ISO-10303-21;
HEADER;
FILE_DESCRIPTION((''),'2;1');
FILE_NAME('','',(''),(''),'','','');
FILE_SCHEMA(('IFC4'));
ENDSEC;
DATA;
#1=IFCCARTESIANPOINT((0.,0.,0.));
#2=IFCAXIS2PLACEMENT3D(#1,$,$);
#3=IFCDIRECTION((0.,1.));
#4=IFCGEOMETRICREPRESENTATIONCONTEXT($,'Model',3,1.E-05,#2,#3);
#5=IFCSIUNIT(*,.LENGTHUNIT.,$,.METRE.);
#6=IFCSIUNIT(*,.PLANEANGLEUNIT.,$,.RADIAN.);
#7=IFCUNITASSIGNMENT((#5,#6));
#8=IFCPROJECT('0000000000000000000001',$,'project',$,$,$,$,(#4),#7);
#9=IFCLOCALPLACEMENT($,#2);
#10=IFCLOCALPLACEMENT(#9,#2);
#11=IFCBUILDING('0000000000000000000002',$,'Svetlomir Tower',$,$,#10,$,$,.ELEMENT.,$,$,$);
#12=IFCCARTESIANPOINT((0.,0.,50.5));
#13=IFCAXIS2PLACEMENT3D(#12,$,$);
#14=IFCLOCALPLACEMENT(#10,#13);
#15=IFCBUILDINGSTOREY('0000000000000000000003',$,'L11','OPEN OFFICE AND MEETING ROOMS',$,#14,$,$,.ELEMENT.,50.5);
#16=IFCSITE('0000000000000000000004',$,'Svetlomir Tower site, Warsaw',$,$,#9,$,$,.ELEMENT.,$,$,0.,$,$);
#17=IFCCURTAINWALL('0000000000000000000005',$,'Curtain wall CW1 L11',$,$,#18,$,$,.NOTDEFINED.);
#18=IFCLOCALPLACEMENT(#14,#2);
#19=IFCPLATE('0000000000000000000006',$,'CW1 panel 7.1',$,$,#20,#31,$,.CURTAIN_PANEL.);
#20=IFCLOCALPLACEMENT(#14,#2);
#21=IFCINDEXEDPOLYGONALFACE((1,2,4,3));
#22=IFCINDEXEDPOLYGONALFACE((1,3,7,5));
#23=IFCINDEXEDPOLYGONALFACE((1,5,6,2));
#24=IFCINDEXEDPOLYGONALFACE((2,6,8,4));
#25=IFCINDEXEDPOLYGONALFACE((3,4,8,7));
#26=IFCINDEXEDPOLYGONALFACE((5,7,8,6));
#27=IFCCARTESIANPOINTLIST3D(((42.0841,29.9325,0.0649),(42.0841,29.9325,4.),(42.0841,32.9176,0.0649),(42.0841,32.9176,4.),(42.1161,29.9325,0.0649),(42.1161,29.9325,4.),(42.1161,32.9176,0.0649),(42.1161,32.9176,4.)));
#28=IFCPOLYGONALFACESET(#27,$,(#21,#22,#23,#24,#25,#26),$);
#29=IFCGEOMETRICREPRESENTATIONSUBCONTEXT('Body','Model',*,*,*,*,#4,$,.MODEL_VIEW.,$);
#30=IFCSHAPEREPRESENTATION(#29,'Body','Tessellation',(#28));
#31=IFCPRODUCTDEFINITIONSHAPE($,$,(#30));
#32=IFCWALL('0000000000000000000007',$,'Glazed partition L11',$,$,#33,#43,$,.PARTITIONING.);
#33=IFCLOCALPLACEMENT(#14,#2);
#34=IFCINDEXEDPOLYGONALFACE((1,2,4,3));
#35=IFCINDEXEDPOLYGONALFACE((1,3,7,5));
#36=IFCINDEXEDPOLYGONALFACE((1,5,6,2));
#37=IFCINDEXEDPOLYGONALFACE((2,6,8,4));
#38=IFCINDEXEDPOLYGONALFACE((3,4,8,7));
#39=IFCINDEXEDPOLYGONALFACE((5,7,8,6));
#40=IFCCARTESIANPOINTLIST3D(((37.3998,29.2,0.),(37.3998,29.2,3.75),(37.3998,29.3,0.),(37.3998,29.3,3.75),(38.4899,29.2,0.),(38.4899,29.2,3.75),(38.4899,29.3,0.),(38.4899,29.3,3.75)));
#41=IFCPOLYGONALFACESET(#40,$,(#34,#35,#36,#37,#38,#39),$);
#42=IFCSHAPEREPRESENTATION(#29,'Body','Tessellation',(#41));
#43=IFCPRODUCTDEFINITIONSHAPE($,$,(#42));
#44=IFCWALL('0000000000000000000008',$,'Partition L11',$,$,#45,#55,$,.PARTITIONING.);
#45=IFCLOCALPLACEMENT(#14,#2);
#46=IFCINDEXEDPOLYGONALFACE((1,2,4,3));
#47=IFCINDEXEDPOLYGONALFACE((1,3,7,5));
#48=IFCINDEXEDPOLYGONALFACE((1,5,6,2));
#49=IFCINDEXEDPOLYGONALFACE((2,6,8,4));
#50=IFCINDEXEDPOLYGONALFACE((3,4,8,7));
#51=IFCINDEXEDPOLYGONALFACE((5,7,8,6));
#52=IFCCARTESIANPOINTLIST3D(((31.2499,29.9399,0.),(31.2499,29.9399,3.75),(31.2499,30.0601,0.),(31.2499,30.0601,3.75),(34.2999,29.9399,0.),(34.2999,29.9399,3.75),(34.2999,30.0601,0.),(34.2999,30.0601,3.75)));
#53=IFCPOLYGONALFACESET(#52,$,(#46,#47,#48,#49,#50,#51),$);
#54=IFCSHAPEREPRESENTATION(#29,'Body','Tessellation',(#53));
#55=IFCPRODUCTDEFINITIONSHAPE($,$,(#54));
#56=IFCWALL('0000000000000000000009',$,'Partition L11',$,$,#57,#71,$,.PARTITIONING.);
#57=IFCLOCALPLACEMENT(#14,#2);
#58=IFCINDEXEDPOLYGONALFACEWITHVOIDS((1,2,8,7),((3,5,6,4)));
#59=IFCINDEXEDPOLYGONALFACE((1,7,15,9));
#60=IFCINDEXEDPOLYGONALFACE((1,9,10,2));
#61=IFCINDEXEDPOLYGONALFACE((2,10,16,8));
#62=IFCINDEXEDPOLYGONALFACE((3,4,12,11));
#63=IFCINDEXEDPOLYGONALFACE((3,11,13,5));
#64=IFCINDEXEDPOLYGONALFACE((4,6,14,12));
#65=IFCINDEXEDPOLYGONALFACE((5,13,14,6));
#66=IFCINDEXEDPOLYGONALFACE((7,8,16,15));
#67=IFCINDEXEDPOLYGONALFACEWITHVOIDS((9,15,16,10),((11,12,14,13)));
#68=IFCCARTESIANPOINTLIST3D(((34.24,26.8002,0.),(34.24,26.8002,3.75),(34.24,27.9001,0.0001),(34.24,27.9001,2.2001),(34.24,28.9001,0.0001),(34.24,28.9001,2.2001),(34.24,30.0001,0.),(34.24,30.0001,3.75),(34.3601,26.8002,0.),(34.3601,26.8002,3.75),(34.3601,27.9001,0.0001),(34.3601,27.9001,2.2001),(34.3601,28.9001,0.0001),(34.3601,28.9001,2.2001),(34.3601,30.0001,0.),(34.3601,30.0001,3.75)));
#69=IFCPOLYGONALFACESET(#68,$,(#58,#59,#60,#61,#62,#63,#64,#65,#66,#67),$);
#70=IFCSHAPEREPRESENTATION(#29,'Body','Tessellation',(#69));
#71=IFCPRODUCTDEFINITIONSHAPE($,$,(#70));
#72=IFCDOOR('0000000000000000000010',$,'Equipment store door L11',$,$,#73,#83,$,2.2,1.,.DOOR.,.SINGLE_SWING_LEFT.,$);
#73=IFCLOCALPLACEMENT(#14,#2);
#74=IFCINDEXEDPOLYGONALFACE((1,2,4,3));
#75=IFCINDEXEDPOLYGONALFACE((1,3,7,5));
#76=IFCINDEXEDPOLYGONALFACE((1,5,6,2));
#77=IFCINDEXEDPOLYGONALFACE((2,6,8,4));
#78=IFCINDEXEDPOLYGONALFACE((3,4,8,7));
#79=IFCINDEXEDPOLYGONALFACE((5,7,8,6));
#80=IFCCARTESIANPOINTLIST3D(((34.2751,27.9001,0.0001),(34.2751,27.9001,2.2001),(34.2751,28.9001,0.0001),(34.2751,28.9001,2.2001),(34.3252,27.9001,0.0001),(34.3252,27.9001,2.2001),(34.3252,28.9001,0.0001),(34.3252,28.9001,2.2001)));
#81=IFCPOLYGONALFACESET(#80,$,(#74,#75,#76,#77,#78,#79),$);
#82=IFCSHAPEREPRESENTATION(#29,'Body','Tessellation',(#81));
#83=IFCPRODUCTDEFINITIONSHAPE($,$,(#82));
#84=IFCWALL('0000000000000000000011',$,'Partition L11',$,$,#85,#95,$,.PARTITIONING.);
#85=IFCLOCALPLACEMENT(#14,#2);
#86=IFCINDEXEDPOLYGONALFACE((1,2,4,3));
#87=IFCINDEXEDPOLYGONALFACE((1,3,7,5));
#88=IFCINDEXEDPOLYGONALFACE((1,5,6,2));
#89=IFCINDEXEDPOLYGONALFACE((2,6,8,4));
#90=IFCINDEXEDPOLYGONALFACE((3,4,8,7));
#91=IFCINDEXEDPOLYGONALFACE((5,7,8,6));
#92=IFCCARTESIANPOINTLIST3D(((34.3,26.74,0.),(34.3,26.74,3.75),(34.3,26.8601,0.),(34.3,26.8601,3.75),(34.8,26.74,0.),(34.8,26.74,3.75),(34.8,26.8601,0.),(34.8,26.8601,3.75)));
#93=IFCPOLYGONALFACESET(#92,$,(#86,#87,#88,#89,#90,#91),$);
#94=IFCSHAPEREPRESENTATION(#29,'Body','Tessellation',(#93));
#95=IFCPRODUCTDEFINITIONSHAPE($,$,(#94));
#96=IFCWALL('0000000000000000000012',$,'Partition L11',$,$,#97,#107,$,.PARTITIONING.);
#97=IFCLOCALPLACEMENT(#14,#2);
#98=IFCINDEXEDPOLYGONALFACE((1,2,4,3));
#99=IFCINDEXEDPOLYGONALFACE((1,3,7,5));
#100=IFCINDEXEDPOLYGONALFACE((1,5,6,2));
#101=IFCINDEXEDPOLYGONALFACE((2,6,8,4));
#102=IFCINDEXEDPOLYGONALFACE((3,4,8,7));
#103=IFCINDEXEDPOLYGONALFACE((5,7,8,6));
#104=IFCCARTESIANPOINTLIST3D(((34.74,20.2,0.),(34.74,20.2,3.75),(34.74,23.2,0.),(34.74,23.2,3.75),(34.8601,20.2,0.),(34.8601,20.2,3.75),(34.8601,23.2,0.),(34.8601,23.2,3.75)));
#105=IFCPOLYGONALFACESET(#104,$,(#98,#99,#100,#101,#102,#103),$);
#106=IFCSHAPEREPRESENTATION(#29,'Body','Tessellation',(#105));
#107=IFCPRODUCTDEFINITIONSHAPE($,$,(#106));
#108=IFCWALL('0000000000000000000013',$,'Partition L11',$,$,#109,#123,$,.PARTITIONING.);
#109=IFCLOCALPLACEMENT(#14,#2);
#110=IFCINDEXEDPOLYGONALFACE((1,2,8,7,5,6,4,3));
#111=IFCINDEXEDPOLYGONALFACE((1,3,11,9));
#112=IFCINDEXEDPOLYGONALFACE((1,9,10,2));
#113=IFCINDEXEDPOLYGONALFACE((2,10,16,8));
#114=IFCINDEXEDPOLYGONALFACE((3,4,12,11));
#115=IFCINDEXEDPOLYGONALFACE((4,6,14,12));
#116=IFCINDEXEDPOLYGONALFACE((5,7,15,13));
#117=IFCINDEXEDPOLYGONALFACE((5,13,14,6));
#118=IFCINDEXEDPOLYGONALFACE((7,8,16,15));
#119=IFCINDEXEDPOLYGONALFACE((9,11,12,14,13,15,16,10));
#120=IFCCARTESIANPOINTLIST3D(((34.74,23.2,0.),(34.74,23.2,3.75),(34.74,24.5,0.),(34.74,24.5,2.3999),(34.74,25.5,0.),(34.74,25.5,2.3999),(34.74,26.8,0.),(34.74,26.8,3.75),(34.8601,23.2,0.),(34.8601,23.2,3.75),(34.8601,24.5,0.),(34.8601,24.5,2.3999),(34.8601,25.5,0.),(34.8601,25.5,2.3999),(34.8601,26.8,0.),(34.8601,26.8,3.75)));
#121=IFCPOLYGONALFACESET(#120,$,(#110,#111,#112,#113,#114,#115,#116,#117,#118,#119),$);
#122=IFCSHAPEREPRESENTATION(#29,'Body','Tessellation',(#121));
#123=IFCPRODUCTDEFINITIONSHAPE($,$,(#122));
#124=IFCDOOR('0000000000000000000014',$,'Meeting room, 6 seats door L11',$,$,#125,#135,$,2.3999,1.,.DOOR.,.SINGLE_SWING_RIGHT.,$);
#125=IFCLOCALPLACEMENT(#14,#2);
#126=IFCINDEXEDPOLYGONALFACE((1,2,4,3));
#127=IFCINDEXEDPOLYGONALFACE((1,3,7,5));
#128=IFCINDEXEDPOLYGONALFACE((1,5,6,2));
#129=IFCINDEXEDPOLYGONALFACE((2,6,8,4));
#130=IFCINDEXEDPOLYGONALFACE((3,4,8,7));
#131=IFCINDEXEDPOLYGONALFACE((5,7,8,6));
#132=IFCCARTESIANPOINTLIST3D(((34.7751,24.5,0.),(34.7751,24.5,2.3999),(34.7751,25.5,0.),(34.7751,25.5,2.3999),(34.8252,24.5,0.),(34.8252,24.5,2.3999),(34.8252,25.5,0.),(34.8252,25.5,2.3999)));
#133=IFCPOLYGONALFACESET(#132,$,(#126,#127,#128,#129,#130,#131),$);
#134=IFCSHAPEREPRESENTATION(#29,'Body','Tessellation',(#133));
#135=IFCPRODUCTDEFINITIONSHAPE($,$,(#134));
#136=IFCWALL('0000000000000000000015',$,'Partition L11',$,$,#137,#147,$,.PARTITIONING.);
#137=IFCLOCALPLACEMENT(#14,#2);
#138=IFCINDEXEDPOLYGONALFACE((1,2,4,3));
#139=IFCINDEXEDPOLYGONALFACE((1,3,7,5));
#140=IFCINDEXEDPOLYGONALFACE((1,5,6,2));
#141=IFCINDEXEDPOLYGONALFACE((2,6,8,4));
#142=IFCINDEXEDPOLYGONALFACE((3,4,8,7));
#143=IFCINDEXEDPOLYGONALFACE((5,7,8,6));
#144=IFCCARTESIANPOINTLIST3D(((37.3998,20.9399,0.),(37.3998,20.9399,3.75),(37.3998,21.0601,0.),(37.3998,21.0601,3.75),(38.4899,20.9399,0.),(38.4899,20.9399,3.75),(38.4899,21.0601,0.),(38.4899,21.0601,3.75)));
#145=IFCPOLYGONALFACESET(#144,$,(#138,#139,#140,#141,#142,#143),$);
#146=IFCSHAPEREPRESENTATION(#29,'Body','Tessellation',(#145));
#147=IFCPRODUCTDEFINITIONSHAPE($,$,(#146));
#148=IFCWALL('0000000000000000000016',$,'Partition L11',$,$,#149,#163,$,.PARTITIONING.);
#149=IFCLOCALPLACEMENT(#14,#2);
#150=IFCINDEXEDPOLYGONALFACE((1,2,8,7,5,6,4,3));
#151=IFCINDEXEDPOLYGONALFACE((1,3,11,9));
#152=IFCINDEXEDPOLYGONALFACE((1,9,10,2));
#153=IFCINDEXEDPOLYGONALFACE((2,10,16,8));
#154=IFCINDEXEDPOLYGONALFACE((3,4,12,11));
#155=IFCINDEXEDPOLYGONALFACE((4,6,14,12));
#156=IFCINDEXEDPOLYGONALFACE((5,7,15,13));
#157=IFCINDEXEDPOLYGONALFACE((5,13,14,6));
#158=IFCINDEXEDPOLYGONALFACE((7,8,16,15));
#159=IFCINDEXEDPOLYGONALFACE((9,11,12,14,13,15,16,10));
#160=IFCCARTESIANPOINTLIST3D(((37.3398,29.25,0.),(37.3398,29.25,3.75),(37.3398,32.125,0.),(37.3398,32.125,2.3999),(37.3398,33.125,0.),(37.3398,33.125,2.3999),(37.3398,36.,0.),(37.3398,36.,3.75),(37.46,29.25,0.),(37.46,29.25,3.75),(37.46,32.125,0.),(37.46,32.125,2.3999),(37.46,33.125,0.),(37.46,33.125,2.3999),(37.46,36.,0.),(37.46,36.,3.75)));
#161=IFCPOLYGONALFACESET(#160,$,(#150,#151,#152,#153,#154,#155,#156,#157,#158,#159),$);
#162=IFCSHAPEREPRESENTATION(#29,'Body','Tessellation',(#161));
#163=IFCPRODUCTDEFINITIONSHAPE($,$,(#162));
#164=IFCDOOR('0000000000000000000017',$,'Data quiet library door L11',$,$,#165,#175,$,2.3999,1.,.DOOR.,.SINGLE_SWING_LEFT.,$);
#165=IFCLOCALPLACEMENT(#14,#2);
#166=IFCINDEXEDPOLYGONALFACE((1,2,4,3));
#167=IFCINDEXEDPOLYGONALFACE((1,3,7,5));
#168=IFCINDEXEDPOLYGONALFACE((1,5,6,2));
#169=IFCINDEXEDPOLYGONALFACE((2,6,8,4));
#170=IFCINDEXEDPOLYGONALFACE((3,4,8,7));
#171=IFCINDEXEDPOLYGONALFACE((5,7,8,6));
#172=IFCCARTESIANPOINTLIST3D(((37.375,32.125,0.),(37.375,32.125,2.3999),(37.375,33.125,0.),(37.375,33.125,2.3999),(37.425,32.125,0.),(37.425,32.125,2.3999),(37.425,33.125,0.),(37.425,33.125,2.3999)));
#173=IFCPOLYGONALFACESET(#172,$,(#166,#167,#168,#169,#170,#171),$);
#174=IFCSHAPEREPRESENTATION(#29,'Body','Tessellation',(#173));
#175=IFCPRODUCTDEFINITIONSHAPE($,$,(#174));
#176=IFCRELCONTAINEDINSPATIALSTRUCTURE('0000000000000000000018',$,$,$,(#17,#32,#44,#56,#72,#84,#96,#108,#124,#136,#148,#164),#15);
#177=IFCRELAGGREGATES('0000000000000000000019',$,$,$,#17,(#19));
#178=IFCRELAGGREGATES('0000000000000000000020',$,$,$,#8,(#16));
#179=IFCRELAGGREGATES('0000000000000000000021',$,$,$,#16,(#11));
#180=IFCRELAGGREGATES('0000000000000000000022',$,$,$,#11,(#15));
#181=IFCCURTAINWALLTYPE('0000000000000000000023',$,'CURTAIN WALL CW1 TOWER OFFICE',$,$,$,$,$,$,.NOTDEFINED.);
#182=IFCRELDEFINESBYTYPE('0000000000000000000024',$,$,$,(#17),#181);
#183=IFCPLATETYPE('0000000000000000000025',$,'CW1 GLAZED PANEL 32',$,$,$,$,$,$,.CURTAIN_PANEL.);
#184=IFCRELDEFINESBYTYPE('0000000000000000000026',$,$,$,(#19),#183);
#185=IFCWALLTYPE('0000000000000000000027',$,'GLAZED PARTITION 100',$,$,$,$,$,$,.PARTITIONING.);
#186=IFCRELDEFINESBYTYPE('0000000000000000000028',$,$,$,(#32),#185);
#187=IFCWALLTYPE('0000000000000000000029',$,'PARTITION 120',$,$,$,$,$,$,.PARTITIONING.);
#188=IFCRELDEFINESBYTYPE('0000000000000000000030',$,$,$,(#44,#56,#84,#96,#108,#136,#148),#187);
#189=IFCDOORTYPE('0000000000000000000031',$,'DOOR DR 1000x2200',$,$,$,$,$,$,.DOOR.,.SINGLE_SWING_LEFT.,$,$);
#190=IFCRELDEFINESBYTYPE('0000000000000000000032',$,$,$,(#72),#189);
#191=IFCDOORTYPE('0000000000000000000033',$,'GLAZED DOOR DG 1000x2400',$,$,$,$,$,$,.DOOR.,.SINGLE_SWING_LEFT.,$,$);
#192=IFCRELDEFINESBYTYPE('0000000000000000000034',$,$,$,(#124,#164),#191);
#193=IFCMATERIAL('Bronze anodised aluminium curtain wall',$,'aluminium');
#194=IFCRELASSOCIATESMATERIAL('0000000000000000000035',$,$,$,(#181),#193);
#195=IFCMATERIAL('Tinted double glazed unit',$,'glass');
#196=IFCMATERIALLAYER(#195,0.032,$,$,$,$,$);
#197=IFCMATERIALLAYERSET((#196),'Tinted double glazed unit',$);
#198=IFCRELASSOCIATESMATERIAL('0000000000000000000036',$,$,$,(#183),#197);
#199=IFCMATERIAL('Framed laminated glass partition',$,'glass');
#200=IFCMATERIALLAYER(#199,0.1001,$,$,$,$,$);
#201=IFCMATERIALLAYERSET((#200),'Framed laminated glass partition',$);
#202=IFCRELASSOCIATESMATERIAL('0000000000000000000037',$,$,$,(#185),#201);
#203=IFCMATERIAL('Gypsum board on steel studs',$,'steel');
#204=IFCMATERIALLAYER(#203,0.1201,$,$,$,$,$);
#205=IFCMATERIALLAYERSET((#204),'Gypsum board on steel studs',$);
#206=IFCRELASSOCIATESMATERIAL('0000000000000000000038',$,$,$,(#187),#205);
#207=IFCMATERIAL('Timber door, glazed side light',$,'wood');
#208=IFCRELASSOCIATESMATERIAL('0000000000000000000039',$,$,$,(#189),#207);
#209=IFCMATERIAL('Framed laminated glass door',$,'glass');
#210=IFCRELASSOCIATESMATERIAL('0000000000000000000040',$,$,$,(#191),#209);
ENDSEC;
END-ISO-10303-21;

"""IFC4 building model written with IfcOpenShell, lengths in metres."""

from ifc_helpers import new_model, si_unit, direction, frame, frame_2d, origin, origin_2d, place, context, subcontext, project, spatial, rectangle, extrude, material, layer, layer_set, type_object, element, fill, aggregate, save


model = new_model("IFC4")

# Units and contexts
model_context = context("Model", 3, precision=1e-05, world=origin(), true_north=direction((0.0, 1.0)))
body_context = subcontext(model_context, "Body", "Model", "MODEL_VIEW")
ifc_project = project(units=[si_unit("LENGTHUNIT", "METRE"), si_unit("PLANEANGLEUNIT", "RADIAN")], contexts=[model_context])

# Site, building, storey
site_placement = place(None, origin())
site = spatial("IfcSite", under=ifc_project, at=site_placement, Name="Svetlomir Tower site, Warsaw", CompositionType="ELEMENT", RefElevation=0.0)
building_placement = place(site_placement, origin())
building = spatial("IfcBuilding", under=site, at=building_placement, Name="Svetlomir Tower", CompositionType="ELEMENT")
storey_placement = place(building_placement, frame((0.0, 0.0, 50.5)))
storey = spatial("IfcBuildingStorey", under=building, at=storey_placement, Name="L11", Description="OPEN OFFICE AND MEETING ROOMS", CompositionType="ELEMENT", Elevation=50.5)

# Curtain wall
ifc_material_1 = material(Name="Bronze anodised aluminium curtain wall", Category="aluminium")
curtain_wall_type = type_object("IfcCurtainWallType", Name="CURTAIN WALL CW1 TOWER OFFICE", PredefinedType="NOTDEFINED", material=ifc_material_1)
curtain_wall_placement = place(storey_placement, origin())
curtain_wall = element("IfcCurtainWall", 1, at=curtain_wall_placement, inside=storey, type_object=curtain_wall_type, Name="Curtain wall CW1 L11", PredefinedType="NOTDEFINED")

# Plate
ifc_material_2 = material(Name="Tinted double glazed unit", Category="glass")
ifc_layer_1 = layer(ifc_material_2, 0.032)
ifc_layer_set_1 = layer_set([ifc_layer_1], Name="Tinted double glazed unit")
plate_type = type_object("IfcPlateType", Name="CW1 GLAZED PANEL 32", PredefinedType="CURTAIN_PANEL", material=ifc_layer_set_1)
plate_1_placement = place(storey_placement, frame((42.1001, 31.425, 0.0649), z_axis=(0.0, 0.0, 1.0), x_axis=(0.0, 1.0, 0.0)))
plate_1 = element("IfcPlate", 2, at=plate_1_placement, type_object=plate_type, Name="CW1 panel 7.1", PredefinedType="CURTAIN_PANEL", context=body_context, shape_type="SweptSolid", body=[
    extrude(rectangle(XDim=2.9851, YDim=0.032, at=origin_2d()), origin(), (0.0, 0.0, 1.0), 3.9351),
])
aggregate(curtain_wall, [plate_1])

# Walls
ifc_material_3 = material(Name="Framed laminated glass partition", Category="glass")
ifc_layer_2 = layer(ifc_material_3, 0.1001)
ifc_layer_set_2 = layer_set([ifc_layer_2], Name="Framed laminated glass partition")
wall_type_1 = type_object("IfcWallType", Name="GLAZED PARTITION 100", PredefinedType="PARTITIONING", material=ifc_layer_set_2)
wall_1_placement = place(storey_placement, frame((37.3999, 29.25, 0.0), z_axis=(0.0, 0.0, 1.0), x_axis=(1.0, 0.0, 0.0)))
element("IfcWall", 3, at=wall_1_placement, inside=storey, type_object=wall_type_1, Name="Glazed partition L11", PredefinedType="PARTITIONING", context=body_context, shape_type="SweptSolid", body=[
    extrude(rectangle(XDim=1.0901, YDim=0.1001, at=frame_2d((0.5449, 0.0))), origin(), (0.0, 0.0, 1.0), 3.75),
])
ifc_material_4 = material(Name="Gypsum board on steel studs", Category="steel")
ifc_layer_3 = layer(ifc_material_4, 0.1201)
ifc_layer_set_3 = layer_set([ifc_layer_3], Name="Gypsum board on steel studs")
wall_type_2 = type_object("IfcWallType", Name="PARTITION 120", PredefinedType="PARTITIONING", material=ifc_layer_set_3)
wall_2_placement = place(storey_placement, frame((31.25, 30.0, 0.0), z_axis=(0.0, 0.0, 1.0), x_axis=(1.0, 0.0, 0.0)))
element("IfcWall", 4, at=wall_2_placement, inside=storey, type_object=wall_type_2, Name="Partition L11", PredefinedType="PARTITIONING", context=body_context, shape_type="SweptSolid", body=[
    extrude(rectangle(XDim=3.05, YDim=0.1201, at=frame_2d((1.5249, 0.0))), origin(), (0.0, 0.0, 1.0), 3.75),
])

# Wall, opening, door
wall_3_placement = place(storey_placement, frame((34.3, 26.8, 0.0), z_axis=(0.0, 0.0, 1.0), x_axis=(0.0, 1.0, 0.0)))
wall_3 = element("IfcWall", 5, at=wall_3_placement, inside=storey, type_object=wall_type_2, Name="Partition L11", PredefinedType="PARTITIONING", context=body_context, shape_type="SweptSolid", body=[
    extrude(rectangle(XDim=3.2, YDim=0.1201, at=frame_2d((1.6001, 0.0))), origin(), (0.0, 0.0, 1.0), 3.75),
])
opening_1_placement = place(wall_3_placement, frame((1.1001, 0.0, 0.0)))
opening_1 = element("IfcOpeningElement", 6, at=opening_1_placement, cuts=wall_3, PredefinedType="OPENING", context=body_context, shape_type="SweptSolid", body=[
    extrude(rectangle(XDim=1.0, YDim=2.2, at=frame_2d((0.5, 1.1001))), frame((0.0, 0.0701, 0.0), z_axis=(0.0, -1.0, 0.0), x_axis=(1.0, 0.0, 0.0)), (0.0, 0.0, 1.0), 0.1401),
])
ifc_material_5 = material(Name="Timber door, glazed side light", Category="wood")
door_type_1 = type_object("IfcDoorType", Name="DOOR DR 1000x2200", OperationType="SINGLE_SWING_LEFT", PredefinedType="DOOR", material=ifc_material_5)
door_1_placement = place(opening_1_placement, origin())
door_1 = element("IfcDoor", 7, at=door_1_placement, inside=storey, type_object=door_type_1, Name="Equipment store door L11", OperationType="SINGLE_SWING_LEFT", OverallHeight=2.2, OverallWidth=1.0, PredefinedType="DOOR", context=body_context, shape_type="SweptSolid", body=[
    extrude(rectangle(XDim=1.0, YDim=2.2, at=frame_2d((0.5, 1.1001))), frame((0.0, 0.0249, 0.0), z_axis=(0.0, -1.0, 0.0), x_axis=(1.0, 0.0, 0.0)), (0.0, 0.0, 1.0), 0.05),
])
fill(opening_1, door_1)

# Walls
wall_4_placement = place(storey_placement, frame((34.3, 26.8, 0.0), z_axis=(0.0, 0.0, 1.0), x_axis=(1.0, 0.0, 0.0)))
element("IfcWall", 8, at=wall_4_placement, inside=storey, type_object=wall_type_2, Name="Partition L11", PredefinedType="PARTITIONING", context=body_context, shape_type="SweptSolid", body=[
    extrude(rectangle(XDim=0.5, YDim=0.1201, at=frame_2d((0.25, 0.0))), origin(), (0.0, 0.0, 1.0), 3.75),
])
wall_5_placement = place(storey_placement, frame((34.8, 20.2, 0.0), z_axis=(0.0, 0.0, 1.0), x_axis=(0.0, 1.0, 0.0)))
element("IfcWall", 9, at=wall_5_placement, inside=storey, type_object=wall_type_2, Name="Partition L11", PredefinedType="PARTITIONING", context=body_context, shape_type="SweptSolid", body=[
    extrude(rectangle(XDim=3.0, YDim=0.1201, at=frame_2d((1.5, 0.0))), origin(), (0.0, 0.0, 1.0), 3.75),
])

# Wall, opening, door
wall_6_placement = place(storey_placement, frame((34.8, 23.2, 0.0), z_axis=(0.0, 0.0, 1.0), x_axis=(0.0, 1.0, 0.0)))
wall_6 = element("IfcWall", 10, at=wall_6_placement, inside=storey, type_object=wall_type_2, Name="Partition L11", PredefinedType="PARTITIONING", context=body_context, shape_type="SweptSolid", body=[
    extrude(rectangle(XDim=3.6001, YDim=0.1201, at=frame_2d((1.8, 0.0))), origin(), (0.0, 0.0, 1.0), 3.75),
])
opening_2_placement = place(wall_6_placement, frame((1.3, 0.0, 0.0)))
opening_2 = element("IfcOpeningElement", 11, at=opening_2_placement, cuts=wall_6, PredefinedType="OPENING", context=body_context, shape_type="SweptSolid", body=[
    extrude(rectangle(XDim=1.0, YDim=2.3999, at=frame_2d((0.5, 1.2))), frame((0.0, 0.0701, 0.0), z_axis=(0.0, -1.0, 0.0), x_axis=(1.0, 0.0, 0.0)), (0.0, 0.0, 1.0), 0.1401),
])
ifc_material_6 = material(Name="Framed laminated glass door", Category="glass")
door_type_2 = type_object("IfcDoorType", Name="GLAZED DOOR DG 1000x2400", OperationType="SINGLE_SWING_LEFT", PredefinedType="DOOR", material=ifc_material_6)
door_2_placement = place(opening_2_placement, origin())
door_2 = element("IfcDoor", 12, at=door_2_placement, inside=storey, type_object=door_type_2, Name="Meeting room, 6 seats door L11", OperationType="SINGLE_SWING_RIGHT", OverallHeight=2.3999, OverallWidth=1.0, PredefinedType="DOOR", context=body_context, shape_type="SweptSolid", body=[
    extrude(rectangle(XDim=1.0, YDim=2.3999, at=frame_2d((0.5, 1.2))), frame((0.0, 0.0249, 0.0), z_axis=(0.0, -1.0, 0.0), x_axis=(1.0, 0.0, 0.0)), (0.0, 0.0, 1.0), 0.05),
])
fill(opening_2, door_2)

# Wall
wall_7_placement = place(storey_placement, frame((37.3999, 21.0, 0.0), z_axis=(0.0, 0.0, 1.0), x_axis=(1.0, 0.0, 0.0)))
element("IfcWall", 13, at=wall_7_placement, inside=storey, type_object=wall_type_2, Name="Partition L11", PredefinedType="PARTITIONING", context=body_context, shape_type="SweptSolid", body=[
    extrude(rectangle(XDim=1.0901, YDim=0.1201, at=frame_2d((0.5449, 0.0))), origin(), (0.0, 0.0, 1.0), 3.75),
])

# Wall, opening, door
wall_8_placement = place(storey_placement, frame((37.3999, 29.25, 0.0), z_axis=(0.0, 0.0, 1.0), x_axis=(0.0, 1.0, 0.0)))
wall_8 = element("IfcWall", 14, at=wall_8_placement, inside=storey, type_object=wall_type_2, Name="Partition L11", PredefinedType="PARTITIONING", context=body_context, shape_type="SweptSolid", body=[
    extrude(rectangle(XDim=6.75, YDim=0.1201, at=frame_2d((3.375, 0.0))), origin(), (0.0, 0.0, 1.0), 3.75),
])
opening_3_placement = place(wall_8_placement, frame((2.875, 0.0, 0.0)))
opening_3 = element("IfcOpeningElement", 15, at=opening_3_placement, cuts=wall_8, PredefinedType="OPENING", context=body_context, shape_type="SweptSolid", body=[
    extrude(rectangle(XDim=1.0, YDim=2.3999, at=frame_2d((0.5, 1.2))), frame((0.0, 0.0701, 0.0), z_axis=(0.0, -1.0, 0.0), x_axis=(1.0, 0.0, 0.0)), (0.0, 0.0, 1.0), 0.1401),
])
door_3_placement = place(opening_3_placement, origin())
door_3 = element("IfcDoor", 16, at=door_3_placement, inside=storey, type_object=door_type_2, Name="Data quiet library door L11", OperationType="SINGLE_SWING_LEFT", OverallHeight=2.3999, OverallWidth=1.0, PredefinedType="DOOR", context=body_context, shape_type="SweptSolid", body=[
    extrude(rectangle(XDim=1.0, YDim=2.3999, at=frame_2d((0.5, 1.2))), frame((0.0, 0.0249, 0.0), z_axis=(0.0, -1.0, 0.0), x_axis=(1.0, 0.0, 0.0)), (0.0, 0.0, 1.0), 0.05),
])
fill(opening_3, door_3)

save(model, "model.ifc")
